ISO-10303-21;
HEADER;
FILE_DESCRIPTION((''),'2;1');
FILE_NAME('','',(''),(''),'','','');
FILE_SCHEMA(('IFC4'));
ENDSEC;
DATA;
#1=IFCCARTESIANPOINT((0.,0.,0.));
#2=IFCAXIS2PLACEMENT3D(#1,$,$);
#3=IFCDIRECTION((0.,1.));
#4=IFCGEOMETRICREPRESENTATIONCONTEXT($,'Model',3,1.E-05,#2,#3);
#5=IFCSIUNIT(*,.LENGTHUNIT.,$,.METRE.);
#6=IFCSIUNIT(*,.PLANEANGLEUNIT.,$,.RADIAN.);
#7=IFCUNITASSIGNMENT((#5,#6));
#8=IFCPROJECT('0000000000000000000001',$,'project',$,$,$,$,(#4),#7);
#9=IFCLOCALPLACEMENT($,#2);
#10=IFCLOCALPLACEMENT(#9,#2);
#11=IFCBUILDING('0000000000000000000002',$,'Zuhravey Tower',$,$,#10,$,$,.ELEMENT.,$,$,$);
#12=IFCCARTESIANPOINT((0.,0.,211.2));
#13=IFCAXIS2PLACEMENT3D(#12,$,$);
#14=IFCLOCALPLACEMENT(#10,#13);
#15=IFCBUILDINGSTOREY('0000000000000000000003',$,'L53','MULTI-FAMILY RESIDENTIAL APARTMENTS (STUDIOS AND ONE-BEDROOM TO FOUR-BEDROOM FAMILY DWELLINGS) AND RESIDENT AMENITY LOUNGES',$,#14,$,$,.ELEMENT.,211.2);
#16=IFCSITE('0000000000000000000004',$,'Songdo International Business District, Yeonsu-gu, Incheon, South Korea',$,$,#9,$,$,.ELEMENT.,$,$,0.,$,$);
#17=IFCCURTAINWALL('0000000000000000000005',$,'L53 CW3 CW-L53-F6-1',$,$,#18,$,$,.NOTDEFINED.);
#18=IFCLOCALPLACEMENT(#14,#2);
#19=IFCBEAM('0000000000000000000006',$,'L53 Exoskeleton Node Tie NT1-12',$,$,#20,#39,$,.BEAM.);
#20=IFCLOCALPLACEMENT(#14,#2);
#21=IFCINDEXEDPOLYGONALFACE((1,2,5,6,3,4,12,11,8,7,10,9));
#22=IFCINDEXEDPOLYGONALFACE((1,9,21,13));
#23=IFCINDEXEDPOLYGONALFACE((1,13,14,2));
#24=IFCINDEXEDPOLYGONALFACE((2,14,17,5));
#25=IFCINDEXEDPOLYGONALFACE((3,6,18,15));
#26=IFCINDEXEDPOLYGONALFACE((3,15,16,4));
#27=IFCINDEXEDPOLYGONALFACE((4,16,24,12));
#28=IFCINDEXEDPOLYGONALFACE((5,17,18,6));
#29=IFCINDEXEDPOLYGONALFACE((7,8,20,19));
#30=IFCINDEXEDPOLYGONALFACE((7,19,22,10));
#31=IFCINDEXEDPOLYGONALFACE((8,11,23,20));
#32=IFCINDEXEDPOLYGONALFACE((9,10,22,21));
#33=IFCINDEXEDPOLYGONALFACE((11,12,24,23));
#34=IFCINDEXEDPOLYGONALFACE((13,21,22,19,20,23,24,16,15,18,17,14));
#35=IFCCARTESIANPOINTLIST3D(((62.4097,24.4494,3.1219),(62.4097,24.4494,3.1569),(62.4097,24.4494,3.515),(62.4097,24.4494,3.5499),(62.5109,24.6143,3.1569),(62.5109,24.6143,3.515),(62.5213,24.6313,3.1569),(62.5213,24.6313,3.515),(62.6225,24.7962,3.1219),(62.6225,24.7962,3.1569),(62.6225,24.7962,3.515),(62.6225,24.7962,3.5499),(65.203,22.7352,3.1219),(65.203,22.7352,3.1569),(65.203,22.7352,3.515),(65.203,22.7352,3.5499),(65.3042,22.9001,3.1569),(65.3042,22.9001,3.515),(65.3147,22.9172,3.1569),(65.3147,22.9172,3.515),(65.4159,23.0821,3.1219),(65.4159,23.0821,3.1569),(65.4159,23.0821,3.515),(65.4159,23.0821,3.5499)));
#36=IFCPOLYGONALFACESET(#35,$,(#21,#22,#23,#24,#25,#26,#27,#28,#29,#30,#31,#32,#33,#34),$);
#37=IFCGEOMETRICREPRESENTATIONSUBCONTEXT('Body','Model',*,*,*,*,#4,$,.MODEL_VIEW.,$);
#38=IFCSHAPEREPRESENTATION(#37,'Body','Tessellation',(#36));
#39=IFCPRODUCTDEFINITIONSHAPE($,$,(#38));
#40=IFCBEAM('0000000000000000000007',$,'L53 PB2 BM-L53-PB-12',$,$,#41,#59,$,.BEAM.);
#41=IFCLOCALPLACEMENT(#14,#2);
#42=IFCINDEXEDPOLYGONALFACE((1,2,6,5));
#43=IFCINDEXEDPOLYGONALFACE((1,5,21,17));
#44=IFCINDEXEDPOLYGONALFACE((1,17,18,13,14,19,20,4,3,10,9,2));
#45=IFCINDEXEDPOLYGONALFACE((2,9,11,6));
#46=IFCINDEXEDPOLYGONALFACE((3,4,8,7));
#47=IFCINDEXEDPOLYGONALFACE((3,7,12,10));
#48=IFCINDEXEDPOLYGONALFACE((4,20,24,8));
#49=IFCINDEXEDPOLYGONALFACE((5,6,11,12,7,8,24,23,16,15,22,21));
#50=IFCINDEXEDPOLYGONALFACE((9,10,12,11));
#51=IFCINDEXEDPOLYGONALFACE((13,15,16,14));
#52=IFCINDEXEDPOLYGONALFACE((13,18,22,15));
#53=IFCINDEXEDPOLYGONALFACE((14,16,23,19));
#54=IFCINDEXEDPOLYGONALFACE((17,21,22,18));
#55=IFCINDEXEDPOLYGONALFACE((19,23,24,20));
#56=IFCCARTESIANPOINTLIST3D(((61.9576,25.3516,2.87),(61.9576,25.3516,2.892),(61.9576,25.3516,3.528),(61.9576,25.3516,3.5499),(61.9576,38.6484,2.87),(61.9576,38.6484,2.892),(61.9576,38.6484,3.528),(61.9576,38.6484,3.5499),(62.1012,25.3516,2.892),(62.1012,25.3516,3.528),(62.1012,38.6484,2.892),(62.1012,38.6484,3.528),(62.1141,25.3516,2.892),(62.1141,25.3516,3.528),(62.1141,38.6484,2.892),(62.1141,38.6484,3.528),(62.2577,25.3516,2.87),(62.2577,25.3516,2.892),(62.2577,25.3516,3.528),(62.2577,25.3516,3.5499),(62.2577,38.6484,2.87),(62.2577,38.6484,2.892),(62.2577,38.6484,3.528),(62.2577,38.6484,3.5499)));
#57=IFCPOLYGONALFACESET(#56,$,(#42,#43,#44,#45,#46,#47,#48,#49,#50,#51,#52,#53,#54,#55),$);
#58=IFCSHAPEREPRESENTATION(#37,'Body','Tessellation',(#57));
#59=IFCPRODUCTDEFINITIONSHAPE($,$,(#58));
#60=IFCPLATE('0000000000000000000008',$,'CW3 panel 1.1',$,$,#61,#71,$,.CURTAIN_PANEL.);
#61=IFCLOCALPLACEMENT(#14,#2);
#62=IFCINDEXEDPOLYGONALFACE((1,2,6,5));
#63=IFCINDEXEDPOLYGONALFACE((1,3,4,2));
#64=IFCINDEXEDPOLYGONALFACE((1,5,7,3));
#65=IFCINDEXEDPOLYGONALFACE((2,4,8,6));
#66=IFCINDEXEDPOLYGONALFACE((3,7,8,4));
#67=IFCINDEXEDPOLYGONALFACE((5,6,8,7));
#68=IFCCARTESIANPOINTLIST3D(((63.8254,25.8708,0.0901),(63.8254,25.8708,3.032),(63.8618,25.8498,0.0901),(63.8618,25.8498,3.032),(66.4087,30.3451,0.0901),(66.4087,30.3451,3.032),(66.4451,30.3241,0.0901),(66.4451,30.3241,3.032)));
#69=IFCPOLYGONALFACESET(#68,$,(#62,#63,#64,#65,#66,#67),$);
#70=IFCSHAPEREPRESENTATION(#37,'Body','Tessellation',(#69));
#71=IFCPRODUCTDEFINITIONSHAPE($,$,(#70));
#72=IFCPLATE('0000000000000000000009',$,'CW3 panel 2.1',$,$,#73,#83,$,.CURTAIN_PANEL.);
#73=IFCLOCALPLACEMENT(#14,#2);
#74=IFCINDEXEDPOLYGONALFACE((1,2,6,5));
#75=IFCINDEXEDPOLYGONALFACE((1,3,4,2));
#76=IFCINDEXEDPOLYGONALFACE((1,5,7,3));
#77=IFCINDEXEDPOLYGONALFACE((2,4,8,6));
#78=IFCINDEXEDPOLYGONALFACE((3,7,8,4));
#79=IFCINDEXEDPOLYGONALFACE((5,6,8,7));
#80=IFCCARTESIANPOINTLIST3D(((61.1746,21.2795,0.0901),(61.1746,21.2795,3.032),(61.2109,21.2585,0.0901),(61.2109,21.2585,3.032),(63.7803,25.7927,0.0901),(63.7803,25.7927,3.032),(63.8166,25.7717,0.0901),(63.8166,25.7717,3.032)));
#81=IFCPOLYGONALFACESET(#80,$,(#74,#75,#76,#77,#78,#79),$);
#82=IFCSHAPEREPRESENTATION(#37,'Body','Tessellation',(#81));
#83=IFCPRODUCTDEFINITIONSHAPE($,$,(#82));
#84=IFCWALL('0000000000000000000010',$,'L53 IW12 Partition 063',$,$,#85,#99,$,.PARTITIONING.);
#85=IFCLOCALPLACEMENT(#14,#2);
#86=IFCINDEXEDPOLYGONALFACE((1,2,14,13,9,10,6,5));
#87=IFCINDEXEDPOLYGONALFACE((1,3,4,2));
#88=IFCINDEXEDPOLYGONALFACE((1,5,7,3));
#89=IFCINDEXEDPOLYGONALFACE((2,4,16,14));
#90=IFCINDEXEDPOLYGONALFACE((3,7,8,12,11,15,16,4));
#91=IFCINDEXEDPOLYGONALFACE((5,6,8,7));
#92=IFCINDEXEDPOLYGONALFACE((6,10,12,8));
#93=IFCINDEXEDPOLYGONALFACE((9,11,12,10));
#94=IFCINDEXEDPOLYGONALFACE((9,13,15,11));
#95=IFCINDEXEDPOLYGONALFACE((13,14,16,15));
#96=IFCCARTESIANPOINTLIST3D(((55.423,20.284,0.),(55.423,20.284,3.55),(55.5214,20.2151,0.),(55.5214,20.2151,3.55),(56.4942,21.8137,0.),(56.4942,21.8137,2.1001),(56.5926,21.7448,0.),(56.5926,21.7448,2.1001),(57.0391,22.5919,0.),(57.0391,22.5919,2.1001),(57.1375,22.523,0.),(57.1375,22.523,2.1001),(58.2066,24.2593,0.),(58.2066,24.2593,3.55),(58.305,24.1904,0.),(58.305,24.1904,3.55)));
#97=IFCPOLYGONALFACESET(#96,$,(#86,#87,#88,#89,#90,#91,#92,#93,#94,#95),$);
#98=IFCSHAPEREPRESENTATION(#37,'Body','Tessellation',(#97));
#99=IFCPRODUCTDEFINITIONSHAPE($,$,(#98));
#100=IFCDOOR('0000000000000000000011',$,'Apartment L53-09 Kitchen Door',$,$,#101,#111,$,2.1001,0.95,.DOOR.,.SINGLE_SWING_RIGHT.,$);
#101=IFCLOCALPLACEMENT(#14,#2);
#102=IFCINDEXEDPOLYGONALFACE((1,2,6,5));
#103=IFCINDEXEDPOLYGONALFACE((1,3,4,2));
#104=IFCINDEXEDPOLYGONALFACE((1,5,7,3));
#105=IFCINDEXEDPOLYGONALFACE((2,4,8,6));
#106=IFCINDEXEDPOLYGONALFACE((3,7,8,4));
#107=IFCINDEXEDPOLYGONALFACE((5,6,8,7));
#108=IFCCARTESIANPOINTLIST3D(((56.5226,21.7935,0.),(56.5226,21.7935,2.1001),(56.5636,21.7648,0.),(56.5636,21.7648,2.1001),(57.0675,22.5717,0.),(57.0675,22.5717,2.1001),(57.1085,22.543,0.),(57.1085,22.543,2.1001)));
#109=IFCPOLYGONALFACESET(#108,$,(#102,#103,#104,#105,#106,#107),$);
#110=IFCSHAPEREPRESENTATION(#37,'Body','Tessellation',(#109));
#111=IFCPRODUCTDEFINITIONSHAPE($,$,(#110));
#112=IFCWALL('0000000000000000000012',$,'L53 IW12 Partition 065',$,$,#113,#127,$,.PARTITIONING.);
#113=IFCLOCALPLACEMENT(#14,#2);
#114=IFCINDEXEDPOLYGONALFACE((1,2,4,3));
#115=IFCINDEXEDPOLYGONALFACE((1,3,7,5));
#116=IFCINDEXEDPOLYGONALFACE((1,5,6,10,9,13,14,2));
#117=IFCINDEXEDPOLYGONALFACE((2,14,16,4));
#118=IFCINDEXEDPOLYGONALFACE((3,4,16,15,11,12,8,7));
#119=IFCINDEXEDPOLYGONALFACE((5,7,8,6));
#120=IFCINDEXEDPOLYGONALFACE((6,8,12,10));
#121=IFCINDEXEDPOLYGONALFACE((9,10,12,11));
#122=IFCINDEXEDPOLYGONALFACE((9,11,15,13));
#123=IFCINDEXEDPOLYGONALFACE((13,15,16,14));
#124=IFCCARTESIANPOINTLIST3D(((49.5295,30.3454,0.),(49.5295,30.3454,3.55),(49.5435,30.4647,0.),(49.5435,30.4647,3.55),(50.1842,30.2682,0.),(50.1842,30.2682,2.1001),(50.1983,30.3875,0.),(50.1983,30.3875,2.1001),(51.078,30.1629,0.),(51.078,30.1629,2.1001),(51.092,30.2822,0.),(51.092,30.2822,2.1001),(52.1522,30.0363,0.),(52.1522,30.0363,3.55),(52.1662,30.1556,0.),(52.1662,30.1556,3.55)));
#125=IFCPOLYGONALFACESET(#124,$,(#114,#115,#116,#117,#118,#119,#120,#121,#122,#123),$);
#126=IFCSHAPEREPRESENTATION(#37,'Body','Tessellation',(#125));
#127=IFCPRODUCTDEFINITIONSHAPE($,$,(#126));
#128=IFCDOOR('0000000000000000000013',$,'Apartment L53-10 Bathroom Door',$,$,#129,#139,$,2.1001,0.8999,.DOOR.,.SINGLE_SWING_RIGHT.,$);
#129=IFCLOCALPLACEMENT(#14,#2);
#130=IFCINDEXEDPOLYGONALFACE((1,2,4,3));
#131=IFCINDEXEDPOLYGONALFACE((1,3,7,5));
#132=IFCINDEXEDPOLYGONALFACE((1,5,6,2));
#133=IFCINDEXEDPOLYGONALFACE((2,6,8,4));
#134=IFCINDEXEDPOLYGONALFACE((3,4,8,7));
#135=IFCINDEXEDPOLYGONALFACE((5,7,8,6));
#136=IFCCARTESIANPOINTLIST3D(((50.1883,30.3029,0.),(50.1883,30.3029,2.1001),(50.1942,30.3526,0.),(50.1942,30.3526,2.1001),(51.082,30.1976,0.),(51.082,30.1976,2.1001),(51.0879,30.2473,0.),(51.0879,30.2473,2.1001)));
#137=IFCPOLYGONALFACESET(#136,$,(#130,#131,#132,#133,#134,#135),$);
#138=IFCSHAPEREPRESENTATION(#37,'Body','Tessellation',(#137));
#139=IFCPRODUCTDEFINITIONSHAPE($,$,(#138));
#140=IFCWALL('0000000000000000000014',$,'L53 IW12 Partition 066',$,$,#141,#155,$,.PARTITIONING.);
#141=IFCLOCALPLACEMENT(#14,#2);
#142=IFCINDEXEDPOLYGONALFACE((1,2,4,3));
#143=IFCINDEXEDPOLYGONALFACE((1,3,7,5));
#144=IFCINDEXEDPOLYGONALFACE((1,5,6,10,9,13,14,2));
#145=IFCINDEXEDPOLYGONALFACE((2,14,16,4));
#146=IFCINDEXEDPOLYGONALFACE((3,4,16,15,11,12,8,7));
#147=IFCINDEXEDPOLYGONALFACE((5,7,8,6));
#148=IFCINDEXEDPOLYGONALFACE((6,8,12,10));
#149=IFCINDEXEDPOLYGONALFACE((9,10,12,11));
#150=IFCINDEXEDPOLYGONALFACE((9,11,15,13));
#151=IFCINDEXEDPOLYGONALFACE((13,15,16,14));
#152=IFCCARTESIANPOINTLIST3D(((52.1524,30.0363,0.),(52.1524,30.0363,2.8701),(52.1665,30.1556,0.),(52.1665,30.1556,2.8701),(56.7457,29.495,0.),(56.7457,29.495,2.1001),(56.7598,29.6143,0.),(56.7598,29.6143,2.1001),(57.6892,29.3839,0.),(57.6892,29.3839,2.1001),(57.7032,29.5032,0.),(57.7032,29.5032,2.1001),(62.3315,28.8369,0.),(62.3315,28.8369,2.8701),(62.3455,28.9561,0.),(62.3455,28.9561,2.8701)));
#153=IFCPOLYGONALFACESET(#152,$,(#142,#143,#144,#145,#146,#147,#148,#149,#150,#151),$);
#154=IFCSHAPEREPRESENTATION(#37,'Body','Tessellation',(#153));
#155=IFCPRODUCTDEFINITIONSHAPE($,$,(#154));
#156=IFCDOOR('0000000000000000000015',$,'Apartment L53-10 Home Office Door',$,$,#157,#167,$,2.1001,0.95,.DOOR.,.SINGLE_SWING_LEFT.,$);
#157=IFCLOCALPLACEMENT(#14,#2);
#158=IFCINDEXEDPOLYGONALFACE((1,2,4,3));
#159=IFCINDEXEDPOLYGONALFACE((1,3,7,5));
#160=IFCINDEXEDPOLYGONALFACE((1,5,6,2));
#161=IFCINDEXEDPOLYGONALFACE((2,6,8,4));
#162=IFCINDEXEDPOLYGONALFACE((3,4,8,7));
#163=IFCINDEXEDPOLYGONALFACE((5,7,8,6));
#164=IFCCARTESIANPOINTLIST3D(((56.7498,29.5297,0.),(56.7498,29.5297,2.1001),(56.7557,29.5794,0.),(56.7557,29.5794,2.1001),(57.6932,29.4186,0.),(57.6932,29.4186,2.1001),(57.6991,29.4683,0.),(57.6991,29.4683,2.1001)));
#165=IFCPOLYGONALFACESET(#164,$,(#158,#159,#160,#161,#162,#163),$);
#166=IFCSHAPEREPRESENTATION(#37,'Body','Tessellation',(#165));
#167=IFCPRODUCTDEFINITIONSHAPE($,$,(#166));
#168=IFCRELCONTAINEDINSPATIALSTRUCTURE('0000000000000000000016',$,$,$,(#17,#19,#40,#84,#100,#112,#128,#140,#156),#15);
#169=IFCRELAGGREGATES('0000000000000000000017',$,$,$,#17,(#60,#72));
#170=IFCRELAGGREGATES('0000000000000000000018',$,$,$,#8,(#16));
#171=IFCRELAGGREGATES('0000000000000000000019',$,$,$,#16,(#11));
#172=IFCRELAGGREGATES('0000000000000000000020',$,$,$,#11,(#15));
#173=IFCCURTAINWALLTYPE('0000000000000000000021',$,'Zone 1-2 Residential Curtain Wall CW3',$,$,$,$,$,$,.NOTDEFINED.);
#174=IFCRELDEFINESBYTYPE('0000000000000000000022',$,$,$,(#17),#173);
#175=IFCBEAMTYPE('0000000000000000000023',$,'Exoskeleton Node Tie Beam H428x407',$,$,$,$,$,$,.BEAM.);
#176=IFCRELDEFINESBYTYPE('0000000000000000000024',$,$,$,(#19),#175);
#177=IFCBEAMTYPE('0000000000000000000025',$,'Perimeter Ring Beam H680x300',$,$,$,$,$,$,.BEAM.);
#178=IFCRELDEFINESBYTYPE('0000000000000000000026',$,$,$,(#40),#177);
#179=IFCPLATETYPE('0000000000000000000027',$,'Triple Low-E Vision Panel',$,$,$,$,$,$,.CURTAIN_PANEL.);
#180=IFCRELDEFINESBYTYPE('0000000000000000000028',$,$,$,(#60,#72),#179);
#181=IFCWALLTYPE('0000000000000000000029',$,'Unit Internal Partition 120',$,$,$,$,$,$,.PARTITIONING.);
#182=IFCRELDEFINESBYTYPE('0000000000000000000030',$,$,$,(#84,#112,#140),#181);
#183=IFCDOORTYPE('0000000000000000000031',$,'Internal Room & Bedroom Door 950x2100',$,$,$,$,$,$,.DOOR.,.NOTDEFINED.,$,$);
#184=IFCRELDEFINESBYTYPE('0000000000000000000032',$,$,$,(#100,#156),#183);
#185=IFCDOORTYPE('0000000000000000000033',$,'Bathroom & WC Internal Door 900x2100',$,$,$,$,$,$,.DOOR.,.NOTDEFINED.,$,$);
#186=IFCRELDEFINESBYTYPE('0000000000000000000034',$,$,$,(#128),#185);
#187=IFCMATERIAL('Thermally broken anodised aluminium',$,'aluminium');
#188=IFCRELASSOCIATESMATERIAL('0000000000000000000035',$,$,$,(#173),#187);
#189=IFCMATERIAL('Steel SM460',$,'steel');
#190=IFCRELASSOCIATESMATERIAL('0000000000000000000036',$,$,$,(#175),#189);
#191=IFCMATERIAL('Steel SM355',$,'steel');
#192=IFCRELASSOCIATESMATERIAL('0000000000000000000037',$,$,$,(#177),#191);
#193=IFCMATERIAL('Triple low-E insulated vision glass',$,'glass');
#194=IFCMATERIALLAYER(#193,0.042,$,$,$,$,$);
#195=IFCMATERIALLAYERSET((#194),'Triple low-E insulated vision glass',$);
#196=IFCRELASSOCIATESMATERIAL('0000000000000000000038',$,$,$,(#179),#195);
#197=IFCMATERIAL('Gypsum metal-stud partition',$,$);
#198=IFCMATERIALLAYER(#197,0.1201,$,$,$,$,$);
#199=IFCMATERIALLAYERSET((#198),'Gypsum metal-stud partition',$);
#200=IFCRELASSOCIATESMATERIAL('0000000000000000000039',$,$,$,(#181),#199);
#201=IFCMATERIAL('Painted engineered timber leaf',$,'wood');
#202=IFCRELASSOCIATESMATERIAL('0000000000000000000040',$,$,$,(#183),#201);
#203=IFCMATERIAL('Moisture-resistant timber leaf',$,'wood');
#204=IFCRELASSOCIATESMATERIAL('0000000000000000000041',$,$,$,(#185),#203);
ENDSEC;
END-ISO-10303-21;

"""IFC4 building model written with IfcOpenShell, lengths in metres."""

from ifc_helpers import new_model, si_unit, direction, frame, frame_2d, origin, origin_2d, place, context, subcontext, project, spatial, rectangle, i_section, extrude, material, layer, layer_set, material_profile, profile_set, type_object, element, fill, aggregate, save


model = new_model("IFC4")

# Units and contexts
model_context = context("Model", 3, precision=1e-05, world=origin(), true_north=direction((0.0, 1.0)))
body_context = subcontext(model_context, "Body", "Model", "MODEL_VIEW")
ifc_project = project(units=[si_unit("LENGTHUNIT", "METRE"), si_unit("PLANEANGLEUNIT", "RADIAN")], contexts=[model_context])

# Site, building, storey
site_placement = place(None, origin())
site = spatial("IfcSite", under=ifc_project, at=site_placement, Name="Songdo International Business District, Yeonsu-gu, Incheon, South Korea", CompositionType="ELEMENT", RefElevation=0.0)
building_placement = place(site_placement, origin())
building = spatial("IfcBuilding", under=site, at=building_placement, Name="Zuhravey Tower", CompositionType="ELEMENT")
storey_placement = place(building_placement, frame((0.0, 0.0, 211.2)))
storey = spatial("IfcBuildingStorey", under=building, at=storey_placement, Name="L53", Description="MULTI-FAMILY RESIDENTIAL APARTMENTS (STUDIOS AND ONE-BEDROOM TO FOUR-BEDROOM FAMILY DWELLINGS) AND RESIDENT AMENITY LOUNGES", CompositionType="ELEMENT", Elevation=211.2)

# Curtain wall
ifc_material_1 = material(Name="Thermally broken anodised aluminium", Category="aluminium")
curtain_wall_type = type_object("IfcCurtainWallType", Name="Zone 1-2 Residential Curtain Wall CW3", PredefinedType="NOTDEFINED", material=ifc_material_1)
curtain_wall_placement = place(storey_placement, origin())
curtain_wall = element("IfcCurtainWall", 1, at=curtain_wall_placement, inside=storey, type_object=curtain_wall_type, Name="L53 CW3 CW-L53-F6-1", PredefinedType="NOTDEFINED")

# Beams
ifc_material_2 = material(Name="Steel SM460", Category="steel")
ifc_material_profile_1 = material_profile(ifc_material_2, i_section(OverallWidth=0.407, OverallDepth=0.428, WebThickness=0.02, FlangeThickness=0.0349, at=origin_2d()), Name="H-428x407x20x35")
ifc_profile_set_1 = profile_set([ifc_material_profile_1], Name="Steel SM460")
beam_type_1 = type_object("IfcBeamType", Name="Exoskeleton Node Tie Beam H428x407", PredefinedType="BEAM", material=ifc_profile_set_1)
beam_1_placement = place(storey_placement, frame((62.5161, 24.6228, 3.3359), z_axis=(0.85231, -0.523037, 0.0), x_axis=(0.523037, 0.85231, 0.0)))
element("IfcBeam", 2, at=beam_1_placement, inside=storey, type_object=beam_type_1, Name="L53 Exoskeleton Node Tie NT1-12", PredefinedType="BEAM", context=body_context, shape_type="SweptSolid", body=[
    extrude(i_section(OverallWidth=0.407, OverallDepth=0.428, WebThickness=0.02, FlangeThickness=0.0349, at=origin_2d()), origin(), (0.0, 0.0, 1.0), 3.2773),
])
ifc_material_3 = material(Name="Steel SM355", Category="steel")
ifc_material_profile_2 = material_profile(ifc_material_3, i_section(OverallWidth=0.3, OverallDepth=0.6799, WebThickness=0.0129, FlangeThickness=0.022, at=origin_2d()), Name="H-680x300x13x22")
ifc_profile_set_2 = profile_set([ifc_material_profile_2], Name="Steel SM355")
beam_type_2 = type_object("IfcBeamType", Name="Perimeter Ring Beam H680x300", PredefinedType="BEAM", material=ifc_profile_set_2)
beam_2_placement = place(storey_placement, frame((62.1077, 25.3516, 3.21), z_axis=(0.0, 1.0, 0.0), x_axis=(-1.0, 0.0, 0.0)))
element("IfcBeam", 3, at=beam_2_placement, inside=storey, type_object=beam_type_2, Name="L53 PB2 BM-L53-PB-12", PredefinedType="BEAM", context=body_context, shape_type="SweptSolid", body=[
    extrude(i_section(OverallWidth=0.3, OverallDepth=0.6799, WebThickness=0.0129, FlangeThickness=0.022, at=origin_2d()), origin(), (0.0, 0.0, 1.0), 13.2969),
])

# Plates
ifc_material_4 = material(Name="Triple low-E insulated vision glass", Category="glass")
ifc_layer_1 = layer(ifc_material_4, 0.042)
ifc_layer_set_1 = layer_set([ifc_layer_1], Name="Triple low-E insulated vision glass")
plate_type = type_object("IfcPlateType", Name="Triple Low-E Vision Panel", PredefinedType="CURTAIN_PANEL", material=ifc_layer_set_1)
plate_1_placement = place(storey_placement, frame((65.1353, 28.0974, 0.0901), z_axis=(0.0, 0.0, 1.0), x_axis=(-0.500001, -0.866025, 0.0)))
plate_1 = element("IfcPlate", 4, at=plate_1_placement, type_object=plate_type, Name="CW3 panel 1.1", PredefinedType="CURTAIN_PANEL", context=body_context, shape_type="SweptSolid", body=[
    extrude(rectangle(XDim=5.1665, YDim=0.042, at=origin_2d()), origin(), (0.0, 0.0, 1.0), 2.9419),
])
plate_2_placement = place(storey_placement, frame((62.4956, 23.5256, 0.0901), z_axis=(0.0, 0.0, 1.0), x_axis=(-0.500001, -0.866025, 0.0)))
plate_2 = element("IfcPlate", 5, at=plate_2_placement, type_object=plate_type, Name="CW3 panel 2.1", PredefinedType="CURTAIN_PANEL", context=body_context, shape_type="SweptSolid", body=[
    extrude(rectangle(XDim=5.2114, YDim=0.042, at=origin_2d()), origin(), (0.0, 0.0, 1.0), 2.9419),
])
aggregate(curtain_wall, [plate_1, plate_2])

# Walls, openings, doors
ifc_material_5 = material(Name="Gypsum metal-stud partition")
ifc_layer_2 = layer(ifc_material_5, 0.1201)
ifc_layer_set_2 = layer_set([ifc_layer_2], Name="Gypsum metal-stud partition")
wall_type_1 = type_object("IfcWallType", Name="Unit Internal Partition 120", PredefinedType="PARTITIONING", material=ifc_layer_set_2)
wall_1_placement = place(storey_placement, frame((55.4722, 20.2495, 0.0), z_axis=(0.0, 0.0, 1.0), x_axis=(0.573594, 0.81914, 0.0)))
wall_1 = element("IfcWall", 6, at=wall_1_placement, inside=storey, type_object=wall_type_1, Name="L53 IW12 Partition 063", PredefinedType="PARTITIONING", context=body_context, shape_type="SweptSolid", body=[
    extrude(rectangle(XDim=4.853, YDim=0.1201, at=frame_2d((2.4265, 0.0))), origin(), (0.0, 0.0, 1.0), 3.55),
])
opening_1_placement = place(wall_1_placement, frame((1.8674, 0.0, 0.0)))
opening_1 = element("IfcOpeningElement", 7, at=opening_1_placement, cuts=wall_1, PredefinedType="OPENING", context=body_context, shape_type="SweptSolid", body=[
    extrude(rectangle(XDim=0.95, YDim=2.1001, at=frame_2d((0.4751, 1.05))), frame((0.0, 0.072, 0.0), z_axis=(0.0, -1.0, 0.0), x_axis=(1.0, 0.0, 0.0)), (0.0, 0.0, 1.0), 0.144),
])
ifc_material_6 = material(Name="Painted engineered timber leaf", Category="wood")
door_type_1 = type_object("IfcDoorType", Name="Internal Room & Bedroom Door 950x2100", OperationType="NOTDEFINED", PredefinedType="DOOR", material=ifc_material_6)
door_1_placement = place(opening_1_placement, frame((0.95, 0.0, 0.0), z_axis=(0.0, 0.0, 1.0), x_axis=(-1.0, 0.0, 0.0)))
door_1 = element("IfcDoor", 8, at=door_1_placement, inside=storey, type_object=door_type_1, Name="Apartment L53-09 Kitchen Door", OperationType="SINGLE_SWING_RIGHT", OverallHeight=2.1001, OverallWidth=0.95, PredefinedType="DOOR", context=body_context, shape_type="SweptSolid", body=[
    extrude(rectangle(XDim=0.95, YDim=2.1001, at=frame_2d((0.4751, 1.05))), frame((0.0, 0.0249, 0.0), z_axis=(0.0, -1.0, 0.0), x_axis=(1.0, 0.0, 0.0)), (0.0, 0.0, 1.0), 0.05),
])
fill(opening_1, door_1)
wall_2_placement = place(storey_placement, frame((49.5366, 30.405, 0.0), z_axis=(0.0, 0.0, 1.0), x_axis=(0.993128, -0.117034, 0.0)))
wall_2 = element("IfcWall", 9, at=wall_2_placement, inside=storey, type_object=wall_type_1, Name="L53 IW12 Partition 065", PredefinedType="PARTITIONING", context=body_context, shape_type="SweptSolid", body=[
    extrude(rectangle(XDim=2.6409, YDim=0.1201, at=frame_2d((1.3203, 0.0))), origin(), (0.0, 0.0, 1.0), 3.55),
])
opening_2_placement = place(wall_2_placement, frame((0.6592, 0.0, 0.0)))
opening_2 = element("IfcOpeningElement", 10, at=opening_2_placement, cuts=wall_2, PredefinedType="OPENING", context=body_context, shape_type="SweptSolid", body=[
    extrude(rectangle(XDim=0.8999, YDim=2.1001, at=frame_2d((0.45, 1.05))), frame((0.0, 0.072, 0.0), z_axis=(0.0, -1.0, 0.0), x_axis=(1.0, 0.0, 0.0)), (0.0, 0.0, 1.0), 0.144),
])
ifc_material_7 = material(Name="Moisture-resistant timber leaf", Category="wood")
door_type_2 = type_object("IfcDoorType", Name="Bathroom & WC Internal Door 900x2100", OperationType="NOTDEFINED", PredefinedType="DOOR", material=ifc_material_7)
door_2_placement = place(opening_2_placement, origin())
door_2 = element("IfcDoor", 11, at=door_2_placement, inside=storey, type_object=door_type_2, Name="Apartment L53-10 Bathroom Door", OperationType="SINGLE_SWING_RIGHT", OverallHeight=2.1001, OverallWidth=0.8999, PredefinedType="DOOR", context=body_context, shape_type="SweptSolid", body=[
    extrude(rectangle(XDim=0.8999, YDim=2.1001, at=frame_2d((0.45, 1.05))), frame((0.0, 0.0249, 0.0), z_axis=(0.0, -1.0, 0.0), x_axis=(1.0, 0.0, 0.0)), (0.0, 0.0, 1.0), 0.05),
])
fill(opening_2, door_2)
wall_3_placement = place(storey_placement, frame((52.1594, 30.0959, 0.0), z_axis=(0.0, 0.0, 1.0), x_axis=(0.993129, -0.117025, 0.0)))
wall_3 = element("IfcWall", 12, at=wall_3_placement, inside=storey, type_object=wall_type_1, Name="L53 IW12 Partition 066", PredefinedType="PARTITIONING", context=body_context, shape_type="SweptSolid", body=[
    extrude(rectangle(XDim=10.2495, YDim=0.1201, at=frame_2d((5.1248, 0.0))), origin(), (0.0, 0.0, 1.0), 2.8701),
])
opening_3_placement = place(wall_3_placement, frame((4.625, 0.0, 0.0)))
opening_3 = element("IfcOpeningElement", 13, at=opening_3_placement, cuts=wall_3, PredefinedType="OPENING", context=body_context, shape_type="SweptSolid", body=[
    extrude(rectangle(XDim=0.95, YDim=2.1001, at=frame_2d((0.4751, 1.05))), frame((0.0, 0.072, 0.0), z_axis=(0.0, -1.0, 0.0), x_axis=(1.0, 0.0, 0.0)), (0.0, 0.0, 1.0), 0.144),
])
door_3_placement = place(opening_3_placement, origin())
door_3 = element("IfcDoor", 14, at=door_3_placement, inside=storey, type_object=door_type_1, Name="Apartment L53-10 Home Office Door", OperationType="SINGLE_SWING_LEFT", OverallHeight=2.1001, OverallWidth=0.95, PredefinedType="DOOR", context=body_context, shape_type="SweptSolid", body=[
    extrude(rectangle(XDim=0.95, YDim=2.1001, at=frame_2d((0.4751, 1.05))), frame((0.0, 0.0249, 0.0), z_axis=(0.0, -1.0, 0.0), x_axis=(1.0, 0.0, 0.0)), (0.0, 0.0, 1.0), 0.05),
])
fill(opening_3, door_3)

save(model, "model.ifc")
